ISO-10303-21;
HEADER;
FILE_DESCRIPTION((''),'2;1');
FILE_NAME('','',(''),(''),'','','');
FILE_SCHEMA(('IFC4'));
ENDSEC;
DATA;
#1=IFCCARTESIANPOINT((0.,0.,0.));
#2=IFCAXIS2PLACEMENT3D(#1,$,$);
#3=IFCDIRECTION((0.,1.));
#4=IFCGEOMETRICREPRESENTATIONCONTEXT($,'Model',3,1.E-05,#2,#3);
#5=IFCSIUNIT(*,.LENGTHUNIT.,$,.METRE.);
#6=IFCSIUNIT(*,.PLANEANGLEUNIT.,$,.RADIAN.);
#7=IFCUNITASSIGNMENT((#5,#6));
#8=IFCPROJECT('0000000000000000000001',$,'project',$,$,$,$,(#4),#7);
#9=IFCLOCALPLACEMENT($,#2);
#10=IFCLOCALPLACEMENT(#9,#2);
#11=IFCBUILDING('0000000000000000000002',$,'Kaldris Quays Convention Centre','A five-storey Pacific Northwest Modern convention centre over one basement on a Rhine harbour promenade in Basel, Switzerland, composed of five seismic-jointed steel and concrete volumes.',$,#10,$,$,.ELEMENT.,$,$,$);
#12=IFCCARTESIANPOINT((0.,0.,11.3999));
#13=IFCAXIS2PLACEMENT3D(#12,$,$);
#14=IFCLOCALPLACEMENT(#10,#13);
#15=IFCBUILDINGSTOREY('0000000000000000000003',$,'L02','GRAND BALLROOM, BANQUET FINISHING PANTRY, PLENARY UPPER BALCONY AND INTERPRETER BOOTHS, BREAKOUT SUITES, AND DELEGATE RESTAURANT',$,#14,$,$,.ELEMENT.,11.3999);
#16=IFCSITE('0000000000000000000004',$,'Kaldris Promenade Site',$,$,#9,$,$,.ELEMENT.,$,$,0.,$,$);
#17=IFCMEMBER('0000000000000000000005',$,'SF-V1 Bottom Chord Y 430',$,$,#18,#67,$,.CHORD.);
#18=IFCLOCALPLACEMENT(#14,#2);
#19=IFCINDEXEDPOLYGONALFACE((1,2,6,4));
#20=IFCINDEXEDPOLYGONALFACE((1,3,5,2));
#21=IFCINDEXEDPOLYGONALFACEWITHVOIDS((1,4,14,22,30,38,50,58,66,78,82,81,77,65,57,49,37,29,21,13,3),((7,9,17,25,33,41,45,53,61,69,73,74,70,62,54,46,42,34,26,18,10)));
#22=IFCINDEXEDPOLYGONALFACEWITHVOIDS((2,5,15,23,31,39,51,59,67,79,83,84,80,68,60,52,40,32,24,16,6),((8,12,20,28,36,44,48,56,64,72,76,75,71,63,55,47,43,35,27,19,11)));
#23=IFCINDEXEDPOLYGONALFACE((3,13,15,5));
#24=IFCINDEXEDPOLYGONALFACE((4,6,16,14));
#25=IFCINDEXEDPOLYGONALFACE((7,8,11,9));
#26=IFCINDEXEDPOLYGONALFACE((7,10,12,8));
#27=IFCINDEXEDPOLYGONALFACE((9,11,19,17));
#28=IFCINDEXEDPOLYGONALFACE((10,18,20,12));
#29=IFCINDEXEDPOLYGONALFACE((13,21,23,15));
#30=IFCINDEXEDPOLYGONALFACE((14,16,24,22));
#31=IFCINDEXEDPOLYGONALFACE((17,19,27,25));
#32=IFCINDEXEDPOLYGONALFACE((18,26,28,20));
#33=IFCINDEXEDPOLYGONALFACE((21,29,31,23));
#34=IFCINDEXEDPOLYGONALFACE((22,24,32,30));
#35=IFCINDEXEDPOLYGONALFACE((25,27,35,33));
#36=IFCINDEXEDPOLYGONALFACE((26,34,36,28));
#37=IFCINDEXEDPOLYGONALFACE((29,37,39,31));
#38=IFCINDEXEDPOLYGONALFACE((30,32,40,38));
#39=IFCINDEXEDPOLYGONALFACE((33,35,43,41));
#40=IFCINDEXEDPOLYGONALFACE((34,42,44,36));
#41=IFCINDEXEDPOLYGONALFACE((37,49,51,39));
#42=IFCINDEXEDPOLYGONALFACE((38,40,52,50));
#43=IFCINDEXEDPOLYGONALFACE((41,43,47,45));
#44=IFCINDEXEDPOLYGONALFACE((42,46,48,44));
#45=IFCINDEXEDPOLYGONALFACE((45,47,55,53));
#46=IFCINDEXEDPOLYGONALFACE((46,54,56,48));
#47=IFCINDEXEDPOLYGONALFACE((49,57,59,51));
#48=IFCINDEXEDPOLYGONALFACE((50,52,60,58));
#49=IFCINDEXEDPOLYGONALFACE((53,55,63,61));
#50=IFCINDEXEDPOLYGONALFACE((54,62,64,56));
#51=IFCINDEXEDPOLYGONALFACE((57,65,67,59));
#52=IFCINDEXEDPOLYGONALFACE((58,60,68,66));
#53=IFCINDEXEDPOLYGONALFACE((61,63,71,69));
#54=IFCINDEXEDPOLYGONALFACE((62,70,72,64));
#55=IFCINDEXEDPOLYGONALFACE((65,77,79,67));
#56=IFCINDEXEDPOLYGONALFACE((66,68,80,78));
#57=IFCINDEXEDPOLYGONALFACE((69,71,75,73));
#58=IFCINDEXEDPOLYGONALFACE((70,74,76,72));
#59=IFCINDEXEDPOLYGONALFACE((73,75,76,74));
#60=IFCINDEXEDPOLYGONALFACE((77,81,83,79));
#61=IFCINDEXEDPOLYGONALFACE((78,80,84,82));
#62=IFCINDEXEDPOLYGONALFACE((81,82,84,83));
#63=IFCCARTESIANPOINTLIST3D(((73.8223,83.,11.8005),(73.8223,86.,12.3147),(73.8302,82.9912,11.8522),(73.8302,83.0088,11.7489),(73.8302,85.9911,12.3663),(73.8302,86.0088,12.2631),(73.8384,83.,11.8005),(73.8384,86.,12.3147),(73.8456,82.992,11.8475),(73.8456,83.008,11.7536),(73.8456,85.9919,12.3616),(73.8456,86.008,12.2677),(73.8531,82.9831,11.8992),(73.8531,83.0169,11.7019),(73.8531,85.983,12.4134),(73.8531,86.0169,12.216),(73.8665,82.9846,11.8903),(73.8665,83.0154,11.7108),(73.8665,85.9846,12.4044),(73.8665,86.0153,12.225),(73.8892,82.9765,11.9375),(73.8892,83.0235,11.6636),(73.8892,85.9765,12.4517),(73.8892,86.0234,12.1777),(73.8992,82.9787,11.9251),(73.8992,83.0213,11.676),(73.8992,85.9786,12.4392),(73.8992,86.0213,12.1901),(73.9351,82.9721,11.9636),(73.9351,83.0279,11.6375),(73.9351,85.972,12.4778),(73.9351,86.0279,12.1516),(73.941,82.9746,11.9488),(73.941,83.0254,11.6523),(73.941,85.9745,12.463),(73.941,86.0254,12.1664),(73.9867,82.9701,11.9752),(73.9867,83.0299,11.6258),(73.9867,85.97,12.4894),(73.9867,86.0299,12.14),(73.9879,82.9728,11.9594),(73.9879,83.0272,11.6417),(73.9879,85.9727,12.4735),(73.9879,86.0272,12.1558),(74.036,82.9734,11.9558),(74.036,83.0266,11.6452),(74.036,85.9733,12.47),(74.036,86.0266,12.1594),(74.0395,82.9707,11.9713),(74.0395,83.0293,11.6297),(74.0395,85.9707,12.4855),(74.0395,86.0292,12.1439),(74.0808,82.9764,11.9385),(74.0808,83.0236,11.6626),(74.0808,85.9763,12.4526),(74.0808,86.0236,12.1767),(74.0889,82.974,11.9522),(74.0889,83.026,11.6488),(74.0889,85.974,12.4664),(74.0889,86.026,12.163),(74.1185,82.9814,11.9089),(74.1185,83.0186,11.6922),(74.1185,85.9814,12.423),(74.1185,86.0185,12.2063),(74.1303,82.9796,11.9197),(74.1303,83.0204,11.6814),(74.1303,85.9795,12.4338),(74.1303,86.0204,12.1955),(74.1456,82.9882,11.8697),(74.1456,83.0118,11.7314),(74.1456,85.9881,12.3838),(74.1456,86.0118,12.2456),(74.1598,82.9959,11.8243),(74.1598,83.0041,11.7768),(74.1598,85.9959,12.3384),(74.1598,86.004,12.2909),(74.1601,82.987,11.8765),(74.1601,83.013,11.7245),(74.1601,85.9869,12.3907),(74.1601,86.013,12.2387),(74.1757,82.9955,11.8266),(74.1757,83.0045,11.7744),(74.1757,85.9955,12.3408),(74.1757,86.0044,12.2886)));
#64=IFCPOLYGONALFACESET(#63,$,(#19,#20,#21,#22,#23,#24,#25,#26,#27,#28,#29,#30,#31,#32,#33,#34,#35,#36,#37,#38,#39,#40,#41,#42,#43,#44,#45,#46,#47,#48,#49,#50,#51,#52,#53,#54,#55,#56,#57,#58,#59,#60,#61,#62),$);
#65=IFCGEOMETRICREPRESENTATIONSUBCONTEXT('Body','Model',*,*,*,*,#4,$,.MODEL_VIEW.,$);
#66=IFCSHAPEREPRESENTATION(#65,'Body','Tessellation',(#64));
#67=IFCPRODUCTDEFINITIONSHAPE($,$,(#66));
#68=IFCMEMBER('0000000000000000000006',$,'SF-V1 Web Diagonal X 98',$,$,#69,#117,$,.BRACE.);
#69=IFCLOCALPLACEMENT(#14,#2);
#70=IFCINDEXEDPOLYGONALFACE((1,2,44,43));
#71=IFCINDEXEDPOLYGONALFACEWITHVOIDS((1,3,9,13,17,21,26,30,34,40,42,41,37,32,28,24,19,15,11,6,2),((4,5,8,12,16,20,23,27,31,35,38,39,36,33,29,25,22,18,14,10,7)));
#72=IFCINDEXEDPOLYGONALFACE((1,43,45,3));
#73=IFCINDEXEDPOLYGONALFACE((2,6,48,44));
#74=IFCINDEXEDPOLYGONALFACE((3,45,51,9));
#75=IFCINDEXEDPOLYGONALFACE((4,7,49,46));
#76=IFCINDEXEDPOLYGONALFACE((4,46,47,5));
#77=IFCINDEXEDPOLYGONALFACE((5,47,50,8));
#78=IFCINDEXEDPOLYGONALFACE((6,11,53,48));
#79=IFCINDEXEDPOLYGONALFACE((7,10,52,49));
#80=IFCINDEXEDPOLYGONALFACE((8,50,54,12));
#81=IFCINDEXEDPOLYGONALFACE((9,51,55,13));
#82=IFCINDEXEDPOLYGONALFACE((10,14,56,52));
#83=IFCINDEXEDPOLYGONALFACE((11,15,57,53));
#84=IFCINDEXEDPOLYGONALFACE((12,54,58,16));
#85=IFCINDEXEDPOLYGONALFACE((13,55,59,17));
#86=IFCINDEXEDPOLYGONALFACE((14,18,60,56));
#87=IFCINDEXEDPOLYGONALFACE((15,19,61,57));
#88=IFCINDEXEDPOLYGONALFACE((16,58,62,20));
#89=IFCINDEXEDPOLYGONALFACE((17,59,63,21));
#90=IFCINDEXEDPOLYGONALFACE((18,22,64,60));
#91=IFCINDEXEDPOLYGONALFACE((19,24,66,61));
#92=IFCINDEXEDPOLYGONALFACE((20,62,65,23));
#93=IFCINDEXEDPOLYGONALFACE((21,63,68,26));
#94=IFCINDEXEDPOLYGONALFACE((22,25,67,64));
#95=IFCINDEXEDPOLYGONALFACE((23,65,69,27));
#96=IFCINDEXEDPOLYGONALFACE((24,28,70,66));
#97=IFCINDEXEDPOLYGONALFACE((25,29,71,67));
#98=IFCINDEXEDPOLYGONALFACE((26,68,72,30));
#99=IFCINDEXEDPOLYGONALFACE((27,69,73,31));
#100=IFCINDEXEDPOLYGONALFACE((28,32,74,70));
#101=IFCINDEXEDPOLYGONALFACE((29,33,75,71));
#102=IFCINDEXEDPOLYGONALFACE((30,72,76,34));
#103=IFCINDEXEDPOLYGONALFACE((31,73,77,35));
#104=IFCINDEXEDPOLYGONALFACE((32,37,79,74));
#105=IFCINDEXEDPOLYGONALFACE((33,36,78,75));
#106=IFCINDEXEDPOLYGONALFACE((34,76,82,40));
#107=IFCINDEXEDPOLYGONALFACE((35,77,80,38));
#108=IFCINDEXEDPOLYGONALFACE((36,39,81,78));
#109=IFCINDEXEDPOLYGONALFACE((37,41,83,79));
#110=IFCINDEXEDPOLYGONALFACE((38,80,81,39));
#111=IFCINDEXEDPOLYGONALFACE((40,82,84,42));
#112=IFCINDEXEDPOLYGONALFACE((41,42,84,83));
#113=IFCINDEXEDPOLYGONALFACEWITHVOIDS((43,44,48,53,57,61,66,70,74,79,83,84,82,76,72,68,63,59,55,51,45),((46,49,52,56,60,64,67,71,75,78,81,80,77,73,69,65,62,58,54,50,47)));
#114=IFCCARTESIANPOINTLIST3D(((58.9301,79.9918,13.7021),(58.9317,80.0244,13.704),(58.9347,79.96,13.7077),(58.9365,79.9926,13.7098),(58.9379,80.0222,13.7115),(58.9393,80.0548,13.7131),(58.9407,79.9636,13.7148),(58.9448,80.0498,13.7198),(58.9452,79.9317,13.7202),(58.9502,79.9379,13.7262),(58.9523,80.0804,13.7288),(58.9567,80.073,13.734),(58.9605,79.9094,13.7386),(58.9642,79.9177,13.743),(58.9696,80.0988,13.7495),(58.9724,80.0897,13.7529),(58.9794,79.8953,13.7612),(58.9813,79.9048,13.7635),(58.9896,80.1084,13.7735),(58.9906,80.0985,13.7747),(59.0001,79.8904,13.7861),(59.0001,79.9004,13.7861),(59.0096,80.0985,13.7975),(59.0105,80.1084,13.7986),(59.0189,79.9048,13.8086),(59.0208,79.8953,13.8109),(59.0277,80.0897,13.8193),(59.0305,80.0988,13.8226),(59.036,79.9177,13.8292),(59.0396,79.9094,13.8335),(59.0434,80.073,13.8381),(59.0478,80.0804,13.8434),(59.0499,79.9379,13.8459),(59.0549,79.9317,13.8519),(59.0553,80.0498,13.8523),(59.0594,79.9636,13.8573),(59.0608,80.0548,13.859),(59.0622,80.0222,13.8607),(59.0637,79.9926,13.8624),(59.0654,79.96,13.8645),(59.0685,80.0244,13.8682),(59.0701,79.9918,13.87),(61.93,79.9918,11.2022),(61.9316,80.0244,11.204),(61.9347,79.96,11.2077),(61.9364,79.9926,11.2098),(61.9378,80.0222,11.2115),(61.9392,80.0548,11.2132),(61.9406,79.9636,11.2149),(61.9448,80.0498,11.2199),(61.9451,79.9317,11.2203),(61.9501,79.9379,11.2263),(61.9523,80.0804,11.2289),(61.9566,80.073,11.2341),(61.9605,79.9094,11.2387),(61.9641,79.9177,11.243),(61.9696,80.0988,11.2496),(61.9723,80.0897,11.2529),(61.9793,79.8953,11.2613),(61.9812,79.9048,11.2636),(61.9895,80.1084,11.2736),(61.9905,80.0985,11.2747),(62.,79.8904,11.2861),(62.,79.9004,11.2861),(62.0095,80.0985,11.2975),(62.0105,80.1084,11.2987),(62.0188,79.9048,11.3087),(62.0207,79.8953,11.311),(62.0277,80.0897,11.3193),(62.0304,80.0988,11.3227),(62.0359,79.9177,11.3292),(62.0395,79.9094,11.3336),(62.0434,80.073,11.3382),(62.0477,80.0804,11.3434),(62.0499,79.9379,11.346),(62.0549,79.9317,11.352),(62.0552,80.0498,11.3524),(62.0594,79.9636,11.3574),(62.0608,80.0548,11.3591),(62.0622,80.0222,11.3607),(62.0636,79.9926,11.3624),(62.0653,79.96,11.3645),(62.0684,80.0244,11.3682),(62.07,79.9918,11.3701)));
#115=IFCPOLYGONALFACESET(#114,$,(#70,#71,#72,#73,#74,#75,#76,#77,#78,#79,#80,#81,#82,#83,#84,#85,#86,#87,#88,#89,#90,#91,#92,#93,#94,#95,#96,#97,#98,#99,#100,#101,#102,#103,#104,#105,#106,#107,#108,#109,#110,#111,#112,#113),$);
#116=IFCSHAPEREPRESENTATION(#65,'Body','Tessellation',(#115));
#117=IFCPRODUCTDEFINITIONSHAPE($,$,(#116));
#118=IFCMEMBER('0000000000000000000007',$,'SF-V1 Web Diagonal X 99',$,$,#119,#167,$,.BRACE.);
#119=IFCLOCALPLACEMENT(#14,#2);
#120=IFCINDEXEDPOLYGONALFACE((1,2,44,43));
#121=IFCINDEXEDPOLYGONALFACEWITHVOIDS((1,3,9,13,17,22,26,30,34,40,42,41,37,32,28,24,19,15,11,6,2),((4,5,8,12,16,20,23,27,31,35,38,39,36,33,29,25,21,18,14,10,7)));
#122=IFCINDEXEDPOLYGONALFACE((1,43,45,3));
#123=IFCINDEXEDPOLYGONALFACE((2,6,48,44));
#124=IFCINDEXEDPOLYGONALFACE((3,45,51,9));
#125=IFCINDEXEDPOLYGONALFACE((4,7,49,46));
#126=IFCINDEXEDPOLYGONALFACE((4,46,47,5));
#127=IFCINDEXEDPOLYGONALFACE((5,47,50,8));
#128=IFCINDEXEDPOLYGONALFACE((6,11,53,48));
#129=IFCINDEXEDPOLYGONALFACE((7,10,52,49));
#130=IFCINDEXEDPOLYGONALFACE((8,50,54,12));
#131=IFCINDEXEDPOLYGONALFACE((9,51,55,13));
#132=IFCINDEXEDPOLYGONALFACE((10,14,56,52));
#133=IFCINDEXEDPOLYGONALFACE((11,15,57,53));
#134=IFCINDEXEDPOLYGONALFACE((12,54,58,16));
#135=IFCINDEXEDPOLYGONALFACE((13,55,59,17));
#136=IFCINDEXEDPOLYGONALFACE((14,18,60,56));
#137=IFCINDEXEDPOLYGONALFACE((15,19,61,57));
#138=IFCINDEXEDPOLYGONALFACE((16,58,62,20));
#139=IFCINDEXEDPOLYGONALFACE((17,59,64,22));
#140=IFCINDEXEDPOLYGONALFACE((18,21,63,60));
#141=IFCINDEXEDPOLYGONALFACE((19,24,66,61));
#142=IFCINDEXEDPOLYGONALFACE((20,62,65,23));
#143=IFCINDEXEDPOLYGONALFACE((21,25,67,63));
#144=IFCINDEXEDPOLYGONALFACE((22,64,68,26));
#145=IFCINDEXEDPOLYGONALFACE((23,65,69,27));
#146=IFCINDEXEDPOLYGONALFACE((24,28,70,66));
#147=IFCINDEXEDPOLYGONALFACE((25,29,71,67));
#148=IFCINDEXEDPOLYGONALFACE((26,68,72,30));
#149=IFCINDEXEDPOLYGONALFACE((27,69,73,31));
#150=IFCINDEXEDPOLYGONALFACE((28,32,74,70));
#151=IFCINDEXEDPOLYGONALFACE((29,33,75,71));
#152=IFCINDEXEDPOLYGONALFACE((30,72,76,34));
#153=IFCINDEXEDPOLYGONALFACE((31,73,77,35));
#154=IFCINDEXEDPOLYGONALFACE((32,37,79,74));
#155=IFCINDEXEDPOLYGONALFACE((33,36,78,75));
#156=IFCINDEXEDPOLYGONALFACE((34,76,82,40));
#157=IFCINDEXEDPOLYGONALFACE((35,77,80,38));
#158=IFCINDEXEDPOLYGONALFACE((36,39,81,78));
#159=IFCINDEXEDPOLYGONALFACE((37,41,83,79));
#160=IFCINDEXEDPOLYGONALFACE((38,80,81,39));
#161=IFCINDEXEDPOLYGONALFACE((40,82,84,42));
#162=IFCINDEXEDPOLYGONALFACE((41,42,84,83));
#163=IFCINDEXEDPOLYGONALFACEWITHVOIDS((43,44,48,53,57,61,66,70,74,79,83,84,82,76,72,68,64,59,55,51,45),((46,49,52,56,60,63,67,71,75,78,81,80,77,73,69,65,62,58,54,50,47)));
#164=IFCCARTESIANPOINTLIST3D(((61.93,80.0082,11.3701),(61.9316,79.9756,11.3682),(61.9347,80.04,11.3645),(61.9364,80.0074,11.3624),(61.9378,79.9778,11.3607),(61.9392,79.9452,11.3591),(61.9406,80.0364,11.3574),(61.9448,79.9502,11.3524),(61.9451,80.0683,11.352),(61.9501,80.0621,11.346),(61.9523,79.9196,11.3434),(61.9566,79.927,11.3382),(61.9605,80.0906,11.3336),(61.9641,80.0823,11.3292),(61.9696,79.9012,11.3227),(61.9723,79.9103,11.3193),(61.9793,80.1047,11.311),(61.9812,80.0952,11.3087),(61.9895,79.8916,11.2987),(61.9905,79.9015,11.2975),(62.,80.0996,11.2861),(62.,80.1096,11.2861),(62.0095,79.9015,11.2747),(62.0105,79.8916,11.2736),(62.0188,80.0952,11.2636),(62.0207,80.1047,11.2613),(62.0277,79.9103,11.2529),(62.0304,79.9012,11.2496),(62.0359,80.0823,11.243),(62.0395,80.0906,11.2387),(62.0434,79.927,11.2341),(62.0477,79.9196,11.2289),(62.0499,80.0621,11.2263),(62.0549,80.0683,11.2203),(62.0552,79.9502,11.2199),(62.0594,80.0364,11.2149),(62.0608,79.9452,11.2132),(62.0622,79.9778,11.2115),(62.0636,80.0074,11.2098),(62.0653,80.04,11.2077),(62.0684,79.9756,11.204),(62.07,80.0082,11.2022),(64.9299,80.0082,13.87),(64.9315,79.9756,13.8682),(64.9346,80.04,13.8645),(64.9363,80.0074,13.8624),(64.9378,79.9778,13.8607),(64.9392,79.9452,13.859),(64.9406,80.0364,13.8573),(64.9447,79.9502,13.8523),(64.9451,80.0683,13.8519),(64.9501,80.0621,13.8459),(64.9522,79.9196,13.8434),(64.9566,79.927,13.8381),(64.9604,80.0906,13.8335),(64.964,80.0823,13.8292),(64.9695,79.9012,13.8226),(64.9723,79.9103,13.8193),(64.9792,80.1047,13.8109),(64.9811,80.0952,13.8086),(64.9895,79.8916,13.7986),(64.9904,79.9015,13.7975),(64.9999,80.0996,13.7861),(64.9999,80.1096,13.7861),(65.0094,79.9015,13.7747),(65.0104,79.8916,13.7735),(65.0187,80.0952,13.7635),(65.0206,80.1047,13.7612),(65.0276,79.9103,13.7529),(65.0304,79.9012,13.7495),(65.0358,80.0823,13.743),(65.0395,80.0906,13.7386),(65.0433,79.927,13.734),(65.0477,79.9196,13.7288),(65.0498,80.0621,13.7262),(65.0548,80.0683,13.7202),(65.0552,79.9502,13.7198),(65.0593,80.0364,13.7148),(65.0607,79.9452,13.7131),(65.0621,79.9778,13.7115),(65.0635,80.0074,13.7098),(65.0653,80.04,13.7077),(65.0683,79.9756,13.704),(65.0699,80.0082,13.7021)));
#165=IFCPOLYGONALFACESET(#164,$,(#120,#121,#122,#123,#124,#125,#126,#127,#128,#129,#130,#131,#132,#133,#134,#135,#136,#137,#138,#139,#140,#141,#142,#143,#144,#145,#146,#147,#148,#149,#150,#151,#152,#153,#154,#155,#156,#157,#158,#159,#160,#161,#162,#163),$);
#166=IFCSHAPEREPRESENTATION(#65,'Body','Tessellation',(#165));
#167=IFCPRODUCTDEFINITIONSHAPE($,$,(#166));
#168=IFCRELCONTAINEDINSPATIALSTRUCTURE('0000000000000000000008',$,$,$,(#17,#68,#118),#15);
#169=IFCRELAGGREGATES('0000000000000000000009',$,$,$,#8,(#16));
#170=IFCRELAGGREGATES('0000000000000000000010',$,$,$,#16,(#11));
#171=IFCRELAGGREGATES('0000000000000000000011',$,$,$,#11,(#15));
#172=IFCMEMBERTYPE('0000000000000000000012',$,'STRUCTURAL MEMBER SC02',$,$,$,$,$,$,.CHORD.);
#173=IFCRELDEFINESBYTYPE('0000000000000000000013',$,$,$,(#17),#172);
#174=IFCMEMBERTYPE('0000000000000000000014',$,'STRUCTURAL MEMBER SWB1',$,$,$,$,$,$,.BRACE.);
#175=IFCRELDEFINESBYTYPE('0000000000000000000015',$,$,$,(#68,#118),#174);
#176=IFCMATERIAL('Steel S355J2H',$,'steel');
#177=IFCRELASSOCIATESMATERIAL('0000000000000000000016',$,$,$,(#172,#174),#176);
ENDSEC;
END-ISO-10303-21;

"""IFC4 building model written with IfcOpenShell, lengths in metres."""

from ifc_helpers import new_model, si_unit, direction, frame, origin, origin_2d, place, context, subcontext, project, spatial, hollow_circle, extrude, material, material_profile, profile_set, type_object, element, save


model = new_model("IFC4")

# Units and contexts
model_context = context("Model", 3, precision=1e-05, world=origin(), true_north=direction((0.0, 1.0)))
body_context = subcontext(model_context, "Body", "Model", "MODEL_VIEW")
ifc_project = project(units=[si_unit("LENGTHUNIT", "METRE"), si_unit("PLANEANGLEUNIT", "RADIAN")], contexts=[model_context])

# Site, building, storey
site_placement = place(None, origin())
site = spatial("IfcSite", under=ifc_project, at=site_placement, Name="Kaldris Promenade Site", CompositionType="ELEMENT", RefElevation=0.0)
building_placement = place(site_placement, origin())
building = spatial("IfcBuilding", under=site, at=building_placement, Name="Kaldris Quays Convention Centre", Description="A five-storey Pacific Northwest Modern convention centre over one basement on a Rhine harbour promenade in Basel, Switzerland, composed of five seismic-jointed steel and concrete volumes.", CompositionType="ELEMENT")
storey_placement = place(building_placement, frame((0.0, 0.0, 11.3999)))
storey = spatial("IfcBuildingStorey", under=building, at=storey_placement, Name="L02", Description="GRAND BALLROOM, BANQUET FINISHING PANTRY, PLENARY UPPER BALCONY AND INTERPRETER BOOTHS, BREAKOUT SUITES, AND DELEGATE RESTAURANT", CompositionType="ELEMENT", Elevation=11.3999)

# Members
ifc_material_1 = material(Name="Steel S355J2H", Category="steel")
ifc_material_profile_1 = material_profile(ifc_material_1, hollow_circle(Radius=0.1777, WallThickness=0.0161, at=origin_2d()), Name="CHS 355.6x16")
ifc_profile_set_1 = profile_set([ifc_material_profile_1], Name="Steel S355J2H")
member_type_1 = type_object("IfcMemberType", Name="STRUCTURAL MEMBER SC02", PredefinedType="CHORD", material=ifc_profile_set_1)
for number, where, z_axis, x_axis, name in (
    (1, (74.0, 83.0, 11.8005), (0.0, 0.985629, 0.168924), (-1.0, 0.0, 0.0), "SF-V1 Bottom Chord Y 430"),
):
    element("IfcMember", number, at=place(storey_placement, frame(where, z_axis=z_axis, x_axis=x_axis)), inside=storey, type_object=member_type_1, Name=name, PredefinedType="CHORD", context=body_context, shape_type="SweptSolid", body=[
        extrude(hollow_circle(Radius=0.1777, WallThickness=0.0161, at=origin_2d()), origin(), (0.0, 0.0, 1.0), 3.0437),
    ])
ifc_material_profile_2 = material_profile(ifc_material_1, hollow_circle(Radius=0.1096, WallThickness=0.01, at=origin_2d()), Name="CHS 219.1x10")
ifc_profile_set_2 = profile_set([ifc_material_profile_2], Name="Steel S355J2H")
member_type_2 = type_object("IfcMemberType", Name="STRUCTURAL MEMBER SWB1", PredefinedType="BRACE", material=ifc_profile_set_2)
for number, where, z_axis, x_axis, name in (
    (2, (62.0, 80.0, 11.2861), (-0.768221, 0.0, 0.640184), (0.0, -1.0, 0.0), "SF-V1 Web Diagonal X 98"),
    (3, (62.0, 80.0, 11.2861), (0.768221, 0.0, 0.640184), (0.0, 1.0, 0.0), "SF-V1 Web Diagonal X 99"),
):
    element("IfcMember", number, at=place(storey_placement, frame(where, z_axis=z_axis, x_axis=x_axis)), inside=storey, type_object=member_type_2, Name=name, PredefinedType="BRACE", context=body_context, shape_type="SweptSolid", body=[
        extrude(hollow_circle(Radius=0.1096, WallThickness=0.01, at=origin_2d()), origin(), (0.0, 0.0, 1.0), 3.905),
    ])

save(model, "model.ifc")
